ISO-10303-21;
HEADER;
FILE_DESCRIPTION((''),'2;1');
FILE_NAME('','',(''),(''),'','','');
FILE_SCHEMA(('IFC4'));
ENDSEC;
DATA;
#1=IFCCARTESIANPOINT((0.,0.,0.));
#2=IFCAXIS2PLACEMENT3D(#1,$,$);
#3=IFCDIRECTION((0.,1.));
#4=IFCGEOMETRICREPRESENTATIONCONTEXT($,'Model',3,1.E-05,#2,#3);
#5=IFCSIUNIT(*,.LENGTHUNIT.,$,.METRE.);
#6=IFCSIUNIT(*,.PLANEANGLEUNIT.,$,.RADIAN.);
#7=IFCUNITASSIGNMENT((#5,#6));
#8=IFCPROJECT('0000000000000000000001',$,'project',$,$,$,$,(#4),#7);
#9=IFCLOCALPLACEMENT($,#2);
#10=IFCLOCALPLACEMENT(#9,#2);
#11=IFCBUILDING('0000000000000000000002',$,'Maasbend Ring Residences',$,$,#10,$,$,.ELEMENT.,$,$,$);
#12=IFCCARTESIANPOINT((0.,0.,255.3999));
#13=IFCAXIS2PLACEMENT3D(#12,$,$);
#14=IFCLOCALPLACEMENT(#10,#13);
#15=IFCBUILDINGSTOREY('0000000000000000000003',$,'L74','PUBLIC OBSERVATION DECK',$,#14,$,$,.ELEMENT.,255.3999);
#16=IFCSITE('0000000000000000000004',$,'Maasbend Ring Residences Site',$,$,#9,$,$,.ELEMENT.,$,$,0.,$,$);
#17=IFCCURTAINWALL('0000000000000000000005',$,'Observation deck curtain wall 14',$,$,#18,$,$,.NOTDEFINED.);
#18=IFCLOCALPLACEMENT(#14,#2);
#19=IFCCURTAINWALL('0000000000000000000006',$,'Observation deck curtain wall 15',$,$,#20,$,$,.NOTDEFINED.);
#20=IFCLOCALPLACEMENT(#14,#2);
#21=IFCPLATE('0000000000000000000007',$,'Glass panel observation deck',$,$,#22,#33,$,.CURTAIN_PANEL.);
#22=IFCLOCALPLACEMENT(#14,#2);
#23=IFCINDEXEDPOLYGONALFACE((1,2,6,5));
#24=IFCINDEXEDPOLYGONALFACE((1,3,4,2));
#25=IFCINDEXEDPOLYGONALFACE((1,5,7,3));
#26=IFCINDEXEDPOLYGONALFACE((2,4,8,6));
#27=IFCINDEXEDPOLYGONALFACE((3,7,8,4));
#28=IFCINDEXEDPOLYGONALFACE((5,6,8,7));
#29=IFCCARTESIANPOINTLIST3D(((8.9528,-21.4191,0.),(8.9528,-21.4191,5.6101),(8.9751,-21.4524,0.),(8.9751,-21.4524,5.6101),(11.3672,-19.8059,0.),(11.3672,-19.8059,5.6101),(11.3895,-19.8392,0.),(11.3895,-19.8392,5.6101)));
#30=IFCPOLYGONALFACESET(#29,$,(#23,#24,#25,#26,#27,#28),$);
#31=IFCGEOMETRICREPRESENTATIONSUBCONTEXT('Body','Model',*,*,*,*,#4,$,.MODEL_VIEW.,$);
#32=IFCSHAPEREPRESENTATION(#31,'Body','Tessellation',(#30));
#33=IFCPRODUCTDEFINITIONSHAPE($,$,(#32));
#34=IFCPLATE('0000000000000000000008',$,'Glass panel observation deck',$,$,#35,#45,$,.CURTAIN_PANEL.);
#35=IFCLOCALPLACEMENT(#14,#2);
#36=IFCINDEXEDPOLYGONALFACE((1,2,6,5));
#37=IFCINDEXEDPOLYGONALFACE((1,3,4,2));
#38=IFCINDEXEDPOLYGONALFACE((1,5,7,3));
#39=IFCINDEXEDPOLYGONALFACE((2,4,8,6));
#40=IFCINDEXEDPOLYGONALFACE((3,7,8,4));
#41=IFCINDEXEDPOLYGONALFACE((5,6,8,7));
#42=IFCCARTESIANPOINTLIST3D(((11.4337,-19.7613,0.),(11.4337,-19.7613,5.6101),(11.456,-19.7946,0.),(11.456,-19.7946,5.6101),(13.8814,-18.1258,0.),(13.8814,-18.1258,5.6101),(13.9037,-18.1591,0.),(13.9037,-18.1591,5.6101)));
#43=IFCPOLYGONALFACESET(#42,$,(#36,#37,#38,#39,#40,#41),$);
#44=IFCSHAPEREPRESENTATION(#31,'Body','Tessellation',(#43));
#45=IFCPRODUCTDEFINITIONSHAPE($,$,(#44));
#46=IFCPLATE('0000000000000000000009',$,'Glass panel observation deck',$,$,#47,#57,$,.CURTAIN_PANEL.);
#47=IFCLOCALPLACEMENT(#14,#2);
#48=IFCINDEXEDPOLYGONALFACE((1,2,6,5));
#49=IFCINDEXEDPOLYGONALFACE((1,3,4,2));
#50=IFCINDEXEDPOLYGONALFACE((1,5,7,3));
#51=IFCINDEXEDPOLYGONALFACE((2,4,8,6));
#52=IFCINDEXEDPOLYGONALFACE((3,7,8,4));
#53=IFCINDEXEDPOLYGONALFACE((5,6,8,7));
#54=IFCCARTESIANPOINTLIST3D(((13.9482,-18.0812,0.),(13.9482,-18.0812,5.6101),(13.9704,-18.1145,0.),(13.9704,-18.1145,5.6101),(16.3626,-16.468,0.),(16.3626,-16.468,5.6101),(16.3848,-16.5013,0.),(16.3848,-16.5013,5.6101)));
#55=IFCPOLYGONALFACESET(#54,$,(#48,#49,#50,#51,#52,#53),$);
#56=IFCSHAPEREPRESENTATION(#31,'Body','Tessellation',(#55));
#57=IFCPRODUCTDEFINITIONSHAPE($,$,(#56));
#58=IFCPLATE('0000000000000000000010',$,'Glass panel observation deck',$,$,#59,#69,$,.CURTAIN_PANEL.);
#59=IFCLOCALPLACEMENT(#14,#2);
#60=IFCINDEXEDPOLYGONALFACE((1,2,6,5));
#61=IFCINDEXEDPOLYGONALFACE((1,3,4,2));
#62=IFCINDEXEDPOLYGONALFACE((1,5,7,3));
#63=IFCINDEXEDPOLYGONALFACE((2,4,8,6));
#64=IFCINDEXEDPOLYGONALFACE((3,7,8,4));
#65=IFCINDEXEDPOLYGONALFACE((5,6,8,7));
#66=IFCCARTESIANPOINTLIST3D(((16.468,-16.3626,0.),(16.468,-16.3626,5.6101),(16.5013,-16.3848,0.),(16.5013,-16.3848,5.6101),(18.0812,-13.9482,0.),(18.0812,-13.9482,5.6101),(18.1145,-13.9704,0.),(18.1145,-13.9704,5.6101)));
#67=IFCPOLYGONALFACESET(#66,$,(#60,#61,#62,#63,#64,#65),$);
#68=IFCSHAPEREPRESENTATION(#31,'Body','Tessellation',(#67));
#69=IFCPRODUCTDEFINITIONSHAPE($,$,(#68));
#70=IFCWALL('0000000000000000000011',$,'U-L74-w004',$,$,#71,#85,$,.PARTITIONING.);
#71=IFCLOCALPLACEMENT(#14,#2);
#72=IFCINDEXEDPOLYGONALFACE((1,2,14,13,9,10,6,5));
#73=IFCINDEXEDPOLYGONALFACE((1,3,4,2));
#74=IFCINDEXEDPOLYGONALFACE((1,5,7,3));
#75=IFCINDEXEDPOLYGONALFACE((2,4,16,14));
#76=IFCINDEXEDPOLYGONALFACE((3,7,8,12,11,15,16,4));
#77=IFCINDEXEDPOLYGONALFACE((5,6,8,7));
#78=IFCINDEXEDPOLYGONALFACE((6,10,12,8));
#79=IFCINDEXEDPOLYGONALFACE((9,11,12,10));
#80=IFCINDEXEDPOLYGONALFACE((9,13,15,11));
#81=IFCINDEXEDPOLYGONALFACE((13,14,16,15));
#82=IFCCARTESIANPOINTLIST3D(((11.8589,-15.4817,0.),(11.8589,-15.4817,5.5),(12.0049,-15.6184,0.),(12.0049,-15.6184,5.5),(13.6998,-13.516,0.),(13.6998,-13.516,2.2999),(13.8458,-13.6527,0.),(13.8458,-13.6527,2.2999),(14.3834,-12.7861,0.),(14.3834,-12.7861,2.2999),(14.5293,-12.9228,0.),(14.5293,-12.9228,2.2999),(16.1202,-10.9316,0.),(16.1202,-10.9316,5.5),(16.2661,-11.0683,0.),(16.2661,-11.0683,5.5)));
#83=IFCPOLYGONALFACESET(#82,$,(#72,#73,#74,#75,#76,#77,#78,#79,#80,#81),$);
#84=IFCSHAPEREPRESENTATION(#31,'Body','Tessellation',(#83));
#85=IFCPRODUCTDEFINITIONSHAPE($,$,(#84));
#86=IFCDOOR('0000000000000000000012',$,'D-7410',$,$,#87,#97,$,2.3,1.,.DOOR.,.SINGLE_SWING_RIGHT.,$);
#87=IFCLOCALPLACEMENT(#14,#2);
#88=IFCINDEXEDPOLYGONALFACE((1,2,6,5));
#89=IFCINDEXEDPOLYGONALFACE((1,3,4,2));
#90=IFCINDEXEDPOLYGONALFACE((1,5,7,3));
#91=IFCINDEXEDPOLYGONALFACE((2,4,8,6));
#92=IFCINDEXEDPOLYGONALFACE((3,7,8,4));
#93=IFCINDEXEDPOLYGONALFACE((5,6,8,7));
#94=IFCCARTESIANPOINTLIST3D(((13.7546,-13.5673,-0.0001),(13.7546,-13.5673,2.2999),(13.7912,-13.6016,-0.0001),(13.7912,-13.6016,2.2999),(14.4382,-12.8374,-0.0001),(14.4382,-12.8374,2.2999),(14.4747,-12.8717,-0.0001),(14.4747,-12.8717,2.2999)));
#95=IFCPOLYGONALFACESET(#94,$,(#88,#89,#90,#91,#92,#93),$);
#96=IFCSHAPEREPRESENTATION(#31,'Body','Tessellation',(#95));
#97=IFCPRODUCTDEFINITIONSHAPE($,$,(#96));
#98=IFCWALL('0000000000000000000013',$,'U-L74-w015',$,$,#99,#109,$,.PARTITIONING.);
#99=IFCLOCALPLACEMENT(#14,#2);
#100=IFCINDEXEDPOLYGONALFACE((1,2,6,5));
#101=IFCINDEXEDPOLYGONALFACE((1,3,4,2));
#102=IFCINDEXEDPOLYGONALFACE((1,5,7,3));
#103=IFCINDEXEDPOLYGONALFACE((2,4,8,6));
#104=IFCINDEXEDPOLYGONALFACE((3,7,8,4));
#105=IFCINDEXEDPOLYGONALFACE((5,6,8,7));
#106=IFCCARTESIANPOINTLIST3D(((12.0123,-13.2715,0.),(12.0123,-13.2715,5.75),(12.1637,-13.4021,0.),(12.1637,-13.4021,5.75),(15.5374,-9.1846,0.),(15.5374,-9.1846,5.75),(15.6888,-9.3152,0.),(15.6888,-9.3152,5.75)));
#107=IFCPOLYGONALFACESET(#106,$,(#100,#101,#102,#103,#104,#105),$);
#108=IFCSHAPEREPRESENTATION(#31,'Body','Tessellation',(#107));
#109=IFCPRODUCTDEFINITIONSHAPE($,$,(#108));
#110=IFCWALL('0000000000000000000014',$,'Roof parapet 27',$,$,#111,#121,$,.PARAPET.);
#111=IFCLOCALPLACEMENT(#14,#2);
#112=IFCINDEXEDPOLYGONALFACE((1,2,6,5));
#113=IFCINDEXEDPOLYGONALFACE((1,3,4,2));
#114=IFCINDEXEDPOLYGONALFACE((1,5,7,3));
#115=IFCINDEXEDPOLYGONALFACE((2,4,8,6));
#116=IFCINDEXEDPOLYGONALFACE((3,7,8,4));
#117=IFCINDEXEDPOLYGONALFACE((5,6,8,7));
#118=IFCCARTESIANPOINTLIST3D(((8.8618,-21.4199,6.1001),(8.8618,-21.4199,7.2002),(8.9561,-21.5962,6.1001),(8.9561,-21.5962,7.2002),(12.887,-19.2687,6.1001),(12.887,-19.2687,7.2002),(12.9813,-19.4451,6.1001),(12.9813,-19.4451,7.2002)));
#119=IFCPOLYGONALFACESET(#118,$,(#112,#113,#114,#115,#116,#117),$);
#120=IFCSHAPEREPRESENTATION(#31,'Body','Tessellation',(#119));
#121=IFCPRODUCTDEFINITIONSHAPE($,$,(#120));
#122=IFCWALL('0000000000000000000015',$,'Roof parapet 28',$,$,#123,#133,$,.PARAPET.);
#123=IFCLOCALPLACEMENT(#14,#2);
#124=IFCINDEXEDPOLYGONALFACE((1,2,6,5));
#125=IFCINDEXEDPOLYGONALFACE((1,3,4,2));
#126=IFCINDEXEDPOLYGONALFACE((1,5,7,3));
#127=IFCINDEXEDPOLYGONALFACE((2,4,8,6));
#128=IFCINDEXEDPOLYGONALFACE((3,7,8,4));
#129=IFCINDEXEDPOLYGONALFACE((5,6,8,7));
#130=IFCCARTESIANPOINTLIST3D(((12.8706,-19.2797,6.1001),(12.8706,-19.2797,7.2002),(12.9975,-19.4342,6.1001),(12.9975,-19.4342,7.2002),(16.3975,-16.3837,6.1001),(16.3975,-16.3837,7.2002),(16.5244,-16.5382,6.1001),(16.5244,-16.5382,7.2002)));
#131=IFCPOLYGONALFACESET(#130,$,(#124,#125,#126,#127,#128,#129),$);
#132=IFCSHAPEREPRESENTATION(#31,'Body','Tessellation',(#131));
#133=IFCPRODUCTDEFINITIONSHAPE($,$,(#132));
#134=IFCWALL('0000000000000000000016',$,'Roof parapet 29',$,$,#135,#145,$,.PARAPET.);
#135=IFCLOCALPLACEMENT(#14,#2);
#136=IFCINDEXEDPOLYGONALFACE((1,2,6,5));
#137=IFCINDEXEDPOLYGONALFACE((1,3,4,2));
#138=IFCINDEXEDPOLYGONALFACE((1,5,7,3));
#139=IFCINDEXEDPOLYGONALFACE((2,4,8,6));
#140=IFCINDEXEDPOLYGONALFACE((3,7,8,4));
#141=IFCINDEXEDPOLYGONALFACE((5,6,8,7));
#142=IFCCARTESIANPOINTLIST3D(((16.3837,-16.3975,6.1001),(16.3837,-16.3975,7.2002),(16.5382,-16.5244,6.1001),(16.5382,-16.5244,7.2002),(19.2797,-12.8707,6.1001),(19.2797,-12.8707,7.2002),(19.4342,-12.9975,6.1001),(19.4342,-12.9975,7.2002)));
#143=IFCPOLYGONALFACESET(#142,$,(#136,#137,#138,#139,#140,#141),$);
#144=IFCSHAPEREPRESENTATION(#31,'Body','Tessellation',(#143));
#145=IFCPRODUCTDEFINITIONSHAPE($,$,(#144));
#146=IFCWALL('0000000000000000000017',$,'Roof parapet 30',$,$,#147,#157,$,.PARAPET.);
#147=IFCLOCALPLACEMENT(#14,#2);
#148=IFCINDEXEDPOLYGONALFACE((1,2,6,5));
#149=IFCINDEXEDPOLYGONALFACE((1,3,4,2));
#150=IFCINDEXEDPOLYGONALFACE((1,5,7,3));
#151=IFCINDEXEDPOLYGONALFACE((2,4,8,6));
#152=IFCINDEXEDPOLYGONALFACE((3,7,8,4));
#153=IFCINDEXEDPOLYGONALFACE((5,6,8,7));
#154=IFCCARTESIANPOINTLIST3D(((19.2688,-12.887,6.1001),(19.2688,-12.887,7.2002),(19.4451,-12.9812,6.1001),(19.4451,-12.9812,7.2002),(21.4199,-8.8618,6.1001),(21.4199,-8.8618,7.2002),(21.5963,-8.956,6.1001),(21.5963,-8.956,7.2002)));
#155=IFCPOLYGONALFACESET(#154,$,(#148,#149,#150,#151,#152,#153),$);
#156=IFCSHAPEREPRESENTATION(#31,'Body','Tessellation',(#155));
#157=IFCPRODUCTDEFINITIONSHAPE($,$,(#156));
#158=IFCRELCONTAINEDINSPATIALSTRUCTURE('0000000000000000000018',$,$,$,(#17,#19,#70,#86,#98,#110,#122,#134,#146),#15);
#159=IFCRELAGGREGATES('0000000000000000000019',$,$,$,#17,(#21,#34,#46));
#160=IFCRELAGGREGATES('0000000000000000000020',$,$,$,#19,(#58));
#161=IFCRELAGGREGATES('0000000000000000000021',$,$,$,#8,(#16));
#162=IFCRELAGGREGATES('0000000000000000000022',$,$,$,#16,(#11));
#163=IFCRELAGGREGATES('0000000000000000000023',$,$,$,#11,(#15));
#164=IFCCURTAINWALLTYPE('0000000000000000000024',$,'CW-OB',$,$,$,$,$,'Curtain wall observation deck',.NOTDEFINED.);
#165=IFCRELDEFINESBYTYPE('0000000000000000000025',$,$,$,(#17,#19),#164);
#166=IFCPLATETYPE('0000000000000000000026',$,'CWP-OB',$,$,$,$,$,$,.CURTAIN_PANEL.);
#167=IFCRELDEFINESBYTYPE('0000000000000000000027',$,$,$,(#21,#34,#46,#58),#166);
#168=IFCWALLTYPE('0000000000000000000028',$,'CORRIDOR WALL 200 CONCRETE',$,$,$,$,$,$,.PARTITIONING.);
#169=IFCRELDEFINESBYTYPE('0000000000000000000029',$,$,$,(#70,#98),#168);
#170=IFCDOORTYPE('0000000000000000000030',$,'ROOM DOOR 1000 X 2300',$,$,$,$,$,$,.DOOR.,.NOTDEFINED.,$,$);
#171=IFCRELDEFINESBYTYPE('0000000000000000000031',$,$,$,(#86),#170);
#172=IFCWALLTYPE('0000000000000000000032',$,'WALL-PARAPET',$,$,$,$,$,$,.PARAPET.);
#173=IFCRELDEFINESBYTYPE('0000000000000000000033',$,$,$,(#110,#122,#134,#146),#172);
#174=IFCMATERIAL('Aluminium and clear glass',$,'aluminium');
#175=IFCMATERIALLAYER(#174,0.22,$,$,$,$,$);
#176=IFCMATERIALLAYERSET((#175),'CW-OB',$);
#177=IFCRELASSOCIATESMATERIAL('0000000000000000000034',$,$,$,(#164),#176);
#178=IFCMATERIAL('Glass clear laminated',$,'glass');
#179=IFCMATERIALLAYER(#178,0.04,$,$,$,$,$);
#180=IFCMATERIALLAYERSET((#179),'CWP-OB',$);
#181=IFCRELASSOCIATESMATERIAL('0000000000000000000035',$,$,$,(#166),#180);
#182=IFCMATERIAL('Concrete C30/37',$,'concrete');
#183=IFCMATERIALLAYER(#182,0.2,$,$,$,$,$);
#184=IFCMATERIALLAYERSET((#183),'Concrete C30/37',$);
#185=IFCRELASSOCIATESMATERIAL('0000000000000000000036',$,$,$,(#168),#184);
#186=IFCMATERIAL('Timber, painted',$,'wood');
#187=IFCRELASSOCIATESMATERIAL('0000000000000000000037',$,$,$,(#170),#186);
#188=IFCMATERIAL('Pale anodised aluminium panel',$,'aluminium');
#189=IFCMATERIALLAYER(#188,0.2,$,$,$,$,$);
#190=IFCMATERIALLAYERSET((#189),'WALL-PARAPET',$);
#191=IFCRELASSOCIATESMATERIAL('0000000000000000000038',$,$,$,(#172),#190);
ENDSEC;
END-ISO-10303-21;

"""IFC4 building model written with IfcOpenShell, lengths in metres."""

from ifc_helpers import new_model, si_unit, direction, frame, frame_2d, origin, origin_2d, place, context, subcontext, project, spatial, rectangle, extrude, material, layer, layer_set, type_object, element, fill, aggregate, save


model = new_model("IFC4")

# Units and contexts
model_context = context("Model", 3, precision=1e-05, world=origin(), true_north=direction((0.0, 1.0)))
body_context = subcontext(model_context, "Body", "Model", "MODEL_VIEW")
ifc_project = project(units=[si_unit("LENGTHUNIT", "METRE"), si_unit("PLANEANGLEUNIT", "RADIAN")], contexts=[model_context])

# Site, building, storey
site_placement = place(None, origin())
site = spatial("IfcSite", under=ifc_project, at=site_placement, Name="Maasbend Ring Residences Site", CompositionType="ELEMENT", RefElevation=0.0)
building_placement = place(site_placement, origin())
building = spatial("IfcBuilding", under=site, at=building_placement, Name="Maasbend Ring Residences", CompositionType="ELEMENT")
storey_placement = place(building_placement, frame((0.0, 0.0, 255.3999)))
storey = spatial("IfcBuildingStorey", under=building, at=storey_placement, Name="L74", Description="PUBLIC OBSERVATION DECK", CompositionType="ELEMENT", Elevation=255.3999)

# Curtain walls
ifc_material_1 = material(Name="Aluminium and clear glass", Category="aluminium")
ifc_layer_1 = layer(ifc_material_1, 0.22)
ifc_layer_set_1 = layer_set([ifc_layer_1], Name="CW-OB")
curtain_wall_type = type_object("IfcCurtainWallType", Name="CW-OB", ElementType="Curtain wall observation deck", PredefinedType="NOTDEFINED", material=ifc_layer_set_1)
curtain_wall_1_placement = place(storey_placement, origin())
curtain_wall_1 = element("IfcCurtainWall", 1, at=curtain_wall_1_placement, inside=storey, type_object=curtain_wall_type, Name="Observation deck curtain wall 14", PredefinedType="NOTDEFINED")
curtain_wall_2_placement = place(storey_placement, origin())
curtain_wall_2 = element("IfcCurtainWall", 2, at=curtain_wall_2_placement, inside=storey, type_object=curtain_wall_type, Name="Observation deck curtain wall 15", PredefinedType="NOTDEFINED")

# Plates
ifc_material_2 = material(Name="Glass clear laminated", Category="glass")
ifc_layer_2 = layer(ifc_material_2, 0.04)
ifc_layer_set_2 = layer_set([ifc_layer_2], Name="CWP-OB")
plate_type = type_object("IfcPlateType", Name="CWP-OB", PredefinedType="CURTAIN_PANEL", material=ifc_layer_set_2)
plate_1_placement = place(storey_placement, frame((10.1711, -20.6292, 0.0), z_axis=(0.0, 0.0, 1.0), x_axis=(0.83147, 0.55557, 0.0)))
plate_1 = element("IfcPlate", 3, at=plate_1_placement, type_object=plate_type, Name="Glass panel observation deck", PredefinedType="CURTAIN_PANEL", context=body_context, shape_type="SweptSolid", body=[
    extrude(rectangle(XDim=2.9038, YDim=0.04, at=origin_2d()), origin(), (0.0, 0.0, 1.0), 5.6101),
])
plate_2_placement = place(storey_placement, frame((12.6687, -18.9602, 0.0), z_axis=(0.0, 0.0, 1.0), x_axis=(0.83147, 0.55557, 0.0)))
plate_2 = element("IfcPlate", 4, at=plate_2_placement, type_object=plate_type, Name="Glass panel observation deck", PredefinedType="CURTAIN_PANEL", context=body_context, shape_type="SweptSolid", body=[
    extrude(rectangle(XDim=2.9438, YDim=0.04, at=origin_2d()), origin(), (0.0, 0.0, 1.0), 5.6101),
])
plate_3_placement = place(storey_placement, frame((15.1665, -17.2913, 0.0), z_axis=(0.0, 0.0, 1.0), x_axis=(0.83147, 0.55557, 0.0)))
plate_3 = element("IfcPlate", 5, at=plate_3_placement, type_object=plate_type, Name="Glass panel observation deck", PredefinedType="CURTAIN_PANEL", context=body_context, shape_type="SweptSolid", body=[
    extrude(rectangle(XDim=2.9038, YDim=0.04, at=origin_2d()), origin(), (0.0, 0.0, 1.0), 5.6101),
])
aggregate(curtain_wall_1, [plate_1, plate_2, plate_3])
plate_4_placement = place(storey_placement, frame((17.2913, -15.1665, 0.0), z_axis=(0.0, 0.0, 1.0), x_axis=(0.55557, 0.83147, 0.0)))
plate_4 = element("IfcPlate", 6, at=plate_4_placement, type_object=plate_type, Name="Glass panel observation deck", PredefinedType="CURTAIN_PANEL", context=body_context, shape_type="SweptSolid", body=[
    extrude(rectangle(XDim=2.9038, YDim=0.04, at=origin_2d()), origin(), (0.0, 0.0, 1.0), 5.6101),
])
aggregate(curtain_wall_2, [plate_4])

# Wall, opening, door
ifc_material_3 = material(Name="Concrete C30/37", Category="concrete")
ifc_layer_3 = layer(ifc_material_3, 0.2)
ifc_layer_set_3 = layer_set([ifc_layer_3], Name="Concrete C30/37")
wall_type_1 = type_object("IfcWallType", Name="CORRIDOR WALL 200 CONCRETE", PredefinedType="PARTITIONING", material=ifc_layer_set_3)
wall_1_placement = place(storey_placement, frame((11.9319, -15.55, 0.0), z_axis=(0.0, 0.0, 1.0), x_axis=(0.683562, 0.729893, 0.0)))
wall_1 = element("IfcWall", 7, at=wall_1_placement, inside=storey, type_object=wall_type_1, Name="U-L74-w004", PredefinedType="PARTITIONING", context=body_context, shape_type="SweptSolid", body=[
    extrude(rectangle(XDim=6.2339, YDim=0.2, at=frame_2d((3.1169, 0.0))), origin(), (0.0, 0.0, 1.0), 5.5),
])
opening_placement = place(wall_1_placement, frame((2.6931, 0.0, 0.0)))
opening = element("IfcOpeningElement", 8, at=opening_placement, cuts=wall_1, PredefinedType="OPENING", context=body_context, shape_type="SweptSolid", body=[
    extrude(rectangle(XDim=1.0, YDim=2.3, at=frame_2d((0.5, 1.1499))), frame((0.0, 0.1099, 0.0), z_axis=(0.0, -1.0, 0.0), x_axis=(1.0, 0.0, 0.0)), (0.0, 0.0, 1.0), 0.22),
])
ifc_material_4 = material(Name="Timber, painted", Category="wood")
door_type = type_object("IfcDoorType", Name="ROOM DOOR 1000 X 2300", OperationType="NOTDEFINED", PredefinedType="DOOR", material=ifc_material_4)
door_placement = place(opening_placement, origin())
door = element("IfcDoor", 9, at=door_placement, inside=storey, type_object=door_type, Name="D-7410", OperationType="SINGLE_SWING_RIGHT", OverallHeight=2.3, OverallWidth=1.0, PredefinedType="DOOR", context=body_context, shape_type="SweptSolid", body=[
    extrude(rectangle(XDim=1.0, YDim=2.3, at=frame_2d((0.5, 1.1499))), frame((0.0, 0.0249, 0.0), z_axis=(0.0, -1.0, 0.0), x_axis=(1.0, 0.0, 0.0)), (0.0, 0.0, 1.0), 0.05),
])
fill(opening, door)

# Walls
wall_2_placement = place(storey_placement, frame((12.0879, -13.3369, 0.0), z_axis=(0.0, 0.0, 1.0), x_axis=(0.653146, 0.757232, 0.0)))
element("IfcWall", 10, at=wall_2_placement, inside=storey, type_object=wall_type_1, Name="U-L74-w015", PredefinedType="PARTITIONING", context=body_context, shape_type="SweptSolid", body=[
    extrude(rectangle(XDim=5.3972, YDim=0.2, at=frame_2d((2.6987, 0.0))), origin(), (0.0, 0.0, 1.0), 5.75),
])
ifc_material_5 = material(Name="Pale anodised aluminium panel", Category="aluminium")
ifc_layer_4 = layer(ifc_material_5, 0.2)
ifc_layer_set_4 = layer_set([ifc_layer_4], Name="WALL-PARAPET")
wall_type_2 = type_object("IfcWallType", Name="WALL-PARAPET", PredefinedType="PARAPET", material=ifc_layer_set_4)
wall_3_placement = place(storey_placement, frame((8.9089, -21.5081, 6.1001), z_axis=(0.0, 0.0, 1.0), x_axis=(0.881954, 0.471335, 0.0)))
element("IfcWall", 11, at=wall_3_placement, inside=storey, type_object=wall_type_2, Name="Roof parapet 27", PredefinedType="PARAPET", context=body_context, shape_type="SweptSolid", body=[
    extrude(rectangle(XDim=4.564, YDim=0.2, at=frame_2d((2.282, 0.0))), origin(), (0.0, 0.0, 1.0), 1.1001),
])
for number, where, z_axis, x_axis, name in (
    (12, (12.9341, -19.3569, 6.1001), (0.0, 0.0, 1.0), (0.772841, 0.6346, 0.0), "Roof parapet 28"),
    (13, (16.4609, -16.4609, 6.1001), (0.0, 0.0, 1.0), (0.6346, 0.772841, 0.0), "Roof parapet 29"),
):
    element("IfcWall", number, at=place(storey_placement, frame(where, z_axis=z_axis, x_axis=x_axis)), inside=storey, type_object=wall_type_2, Name=name, PredefinedType="PARAPET", context=body_context, shape_type="SweptSolid", body=[
        extrude(rectangle(XDim=4.5635, YDim=0.2, at=frame_2d((2.2817, 0.0))), origin(), (0.0, 0.0, 1.0), 1.1001),
    ])
wall_4_placement = place(storey_placement, frame((19.3569, -12.9341, 6.1001), z_axis=(0.0, 0.0, 1.0), x_axis=(0.471335, 0.881954, 0.0)))
element("IfcWall", 14, at=wall_4_placement, inside=storey, type_object=wall_type_2, Name="Roof parapet 30", PredefinedType="PARAPET", context=body_context, shape_type="SweptSolid", body=[
    extrude(rectangle(XDim=4.564, YDim=0.2, at=frame_2d((2.282, 0.0))), origin(), (0.0, 0.0, 1.0), 1.1001),
])

save(model, "model.ifc")
